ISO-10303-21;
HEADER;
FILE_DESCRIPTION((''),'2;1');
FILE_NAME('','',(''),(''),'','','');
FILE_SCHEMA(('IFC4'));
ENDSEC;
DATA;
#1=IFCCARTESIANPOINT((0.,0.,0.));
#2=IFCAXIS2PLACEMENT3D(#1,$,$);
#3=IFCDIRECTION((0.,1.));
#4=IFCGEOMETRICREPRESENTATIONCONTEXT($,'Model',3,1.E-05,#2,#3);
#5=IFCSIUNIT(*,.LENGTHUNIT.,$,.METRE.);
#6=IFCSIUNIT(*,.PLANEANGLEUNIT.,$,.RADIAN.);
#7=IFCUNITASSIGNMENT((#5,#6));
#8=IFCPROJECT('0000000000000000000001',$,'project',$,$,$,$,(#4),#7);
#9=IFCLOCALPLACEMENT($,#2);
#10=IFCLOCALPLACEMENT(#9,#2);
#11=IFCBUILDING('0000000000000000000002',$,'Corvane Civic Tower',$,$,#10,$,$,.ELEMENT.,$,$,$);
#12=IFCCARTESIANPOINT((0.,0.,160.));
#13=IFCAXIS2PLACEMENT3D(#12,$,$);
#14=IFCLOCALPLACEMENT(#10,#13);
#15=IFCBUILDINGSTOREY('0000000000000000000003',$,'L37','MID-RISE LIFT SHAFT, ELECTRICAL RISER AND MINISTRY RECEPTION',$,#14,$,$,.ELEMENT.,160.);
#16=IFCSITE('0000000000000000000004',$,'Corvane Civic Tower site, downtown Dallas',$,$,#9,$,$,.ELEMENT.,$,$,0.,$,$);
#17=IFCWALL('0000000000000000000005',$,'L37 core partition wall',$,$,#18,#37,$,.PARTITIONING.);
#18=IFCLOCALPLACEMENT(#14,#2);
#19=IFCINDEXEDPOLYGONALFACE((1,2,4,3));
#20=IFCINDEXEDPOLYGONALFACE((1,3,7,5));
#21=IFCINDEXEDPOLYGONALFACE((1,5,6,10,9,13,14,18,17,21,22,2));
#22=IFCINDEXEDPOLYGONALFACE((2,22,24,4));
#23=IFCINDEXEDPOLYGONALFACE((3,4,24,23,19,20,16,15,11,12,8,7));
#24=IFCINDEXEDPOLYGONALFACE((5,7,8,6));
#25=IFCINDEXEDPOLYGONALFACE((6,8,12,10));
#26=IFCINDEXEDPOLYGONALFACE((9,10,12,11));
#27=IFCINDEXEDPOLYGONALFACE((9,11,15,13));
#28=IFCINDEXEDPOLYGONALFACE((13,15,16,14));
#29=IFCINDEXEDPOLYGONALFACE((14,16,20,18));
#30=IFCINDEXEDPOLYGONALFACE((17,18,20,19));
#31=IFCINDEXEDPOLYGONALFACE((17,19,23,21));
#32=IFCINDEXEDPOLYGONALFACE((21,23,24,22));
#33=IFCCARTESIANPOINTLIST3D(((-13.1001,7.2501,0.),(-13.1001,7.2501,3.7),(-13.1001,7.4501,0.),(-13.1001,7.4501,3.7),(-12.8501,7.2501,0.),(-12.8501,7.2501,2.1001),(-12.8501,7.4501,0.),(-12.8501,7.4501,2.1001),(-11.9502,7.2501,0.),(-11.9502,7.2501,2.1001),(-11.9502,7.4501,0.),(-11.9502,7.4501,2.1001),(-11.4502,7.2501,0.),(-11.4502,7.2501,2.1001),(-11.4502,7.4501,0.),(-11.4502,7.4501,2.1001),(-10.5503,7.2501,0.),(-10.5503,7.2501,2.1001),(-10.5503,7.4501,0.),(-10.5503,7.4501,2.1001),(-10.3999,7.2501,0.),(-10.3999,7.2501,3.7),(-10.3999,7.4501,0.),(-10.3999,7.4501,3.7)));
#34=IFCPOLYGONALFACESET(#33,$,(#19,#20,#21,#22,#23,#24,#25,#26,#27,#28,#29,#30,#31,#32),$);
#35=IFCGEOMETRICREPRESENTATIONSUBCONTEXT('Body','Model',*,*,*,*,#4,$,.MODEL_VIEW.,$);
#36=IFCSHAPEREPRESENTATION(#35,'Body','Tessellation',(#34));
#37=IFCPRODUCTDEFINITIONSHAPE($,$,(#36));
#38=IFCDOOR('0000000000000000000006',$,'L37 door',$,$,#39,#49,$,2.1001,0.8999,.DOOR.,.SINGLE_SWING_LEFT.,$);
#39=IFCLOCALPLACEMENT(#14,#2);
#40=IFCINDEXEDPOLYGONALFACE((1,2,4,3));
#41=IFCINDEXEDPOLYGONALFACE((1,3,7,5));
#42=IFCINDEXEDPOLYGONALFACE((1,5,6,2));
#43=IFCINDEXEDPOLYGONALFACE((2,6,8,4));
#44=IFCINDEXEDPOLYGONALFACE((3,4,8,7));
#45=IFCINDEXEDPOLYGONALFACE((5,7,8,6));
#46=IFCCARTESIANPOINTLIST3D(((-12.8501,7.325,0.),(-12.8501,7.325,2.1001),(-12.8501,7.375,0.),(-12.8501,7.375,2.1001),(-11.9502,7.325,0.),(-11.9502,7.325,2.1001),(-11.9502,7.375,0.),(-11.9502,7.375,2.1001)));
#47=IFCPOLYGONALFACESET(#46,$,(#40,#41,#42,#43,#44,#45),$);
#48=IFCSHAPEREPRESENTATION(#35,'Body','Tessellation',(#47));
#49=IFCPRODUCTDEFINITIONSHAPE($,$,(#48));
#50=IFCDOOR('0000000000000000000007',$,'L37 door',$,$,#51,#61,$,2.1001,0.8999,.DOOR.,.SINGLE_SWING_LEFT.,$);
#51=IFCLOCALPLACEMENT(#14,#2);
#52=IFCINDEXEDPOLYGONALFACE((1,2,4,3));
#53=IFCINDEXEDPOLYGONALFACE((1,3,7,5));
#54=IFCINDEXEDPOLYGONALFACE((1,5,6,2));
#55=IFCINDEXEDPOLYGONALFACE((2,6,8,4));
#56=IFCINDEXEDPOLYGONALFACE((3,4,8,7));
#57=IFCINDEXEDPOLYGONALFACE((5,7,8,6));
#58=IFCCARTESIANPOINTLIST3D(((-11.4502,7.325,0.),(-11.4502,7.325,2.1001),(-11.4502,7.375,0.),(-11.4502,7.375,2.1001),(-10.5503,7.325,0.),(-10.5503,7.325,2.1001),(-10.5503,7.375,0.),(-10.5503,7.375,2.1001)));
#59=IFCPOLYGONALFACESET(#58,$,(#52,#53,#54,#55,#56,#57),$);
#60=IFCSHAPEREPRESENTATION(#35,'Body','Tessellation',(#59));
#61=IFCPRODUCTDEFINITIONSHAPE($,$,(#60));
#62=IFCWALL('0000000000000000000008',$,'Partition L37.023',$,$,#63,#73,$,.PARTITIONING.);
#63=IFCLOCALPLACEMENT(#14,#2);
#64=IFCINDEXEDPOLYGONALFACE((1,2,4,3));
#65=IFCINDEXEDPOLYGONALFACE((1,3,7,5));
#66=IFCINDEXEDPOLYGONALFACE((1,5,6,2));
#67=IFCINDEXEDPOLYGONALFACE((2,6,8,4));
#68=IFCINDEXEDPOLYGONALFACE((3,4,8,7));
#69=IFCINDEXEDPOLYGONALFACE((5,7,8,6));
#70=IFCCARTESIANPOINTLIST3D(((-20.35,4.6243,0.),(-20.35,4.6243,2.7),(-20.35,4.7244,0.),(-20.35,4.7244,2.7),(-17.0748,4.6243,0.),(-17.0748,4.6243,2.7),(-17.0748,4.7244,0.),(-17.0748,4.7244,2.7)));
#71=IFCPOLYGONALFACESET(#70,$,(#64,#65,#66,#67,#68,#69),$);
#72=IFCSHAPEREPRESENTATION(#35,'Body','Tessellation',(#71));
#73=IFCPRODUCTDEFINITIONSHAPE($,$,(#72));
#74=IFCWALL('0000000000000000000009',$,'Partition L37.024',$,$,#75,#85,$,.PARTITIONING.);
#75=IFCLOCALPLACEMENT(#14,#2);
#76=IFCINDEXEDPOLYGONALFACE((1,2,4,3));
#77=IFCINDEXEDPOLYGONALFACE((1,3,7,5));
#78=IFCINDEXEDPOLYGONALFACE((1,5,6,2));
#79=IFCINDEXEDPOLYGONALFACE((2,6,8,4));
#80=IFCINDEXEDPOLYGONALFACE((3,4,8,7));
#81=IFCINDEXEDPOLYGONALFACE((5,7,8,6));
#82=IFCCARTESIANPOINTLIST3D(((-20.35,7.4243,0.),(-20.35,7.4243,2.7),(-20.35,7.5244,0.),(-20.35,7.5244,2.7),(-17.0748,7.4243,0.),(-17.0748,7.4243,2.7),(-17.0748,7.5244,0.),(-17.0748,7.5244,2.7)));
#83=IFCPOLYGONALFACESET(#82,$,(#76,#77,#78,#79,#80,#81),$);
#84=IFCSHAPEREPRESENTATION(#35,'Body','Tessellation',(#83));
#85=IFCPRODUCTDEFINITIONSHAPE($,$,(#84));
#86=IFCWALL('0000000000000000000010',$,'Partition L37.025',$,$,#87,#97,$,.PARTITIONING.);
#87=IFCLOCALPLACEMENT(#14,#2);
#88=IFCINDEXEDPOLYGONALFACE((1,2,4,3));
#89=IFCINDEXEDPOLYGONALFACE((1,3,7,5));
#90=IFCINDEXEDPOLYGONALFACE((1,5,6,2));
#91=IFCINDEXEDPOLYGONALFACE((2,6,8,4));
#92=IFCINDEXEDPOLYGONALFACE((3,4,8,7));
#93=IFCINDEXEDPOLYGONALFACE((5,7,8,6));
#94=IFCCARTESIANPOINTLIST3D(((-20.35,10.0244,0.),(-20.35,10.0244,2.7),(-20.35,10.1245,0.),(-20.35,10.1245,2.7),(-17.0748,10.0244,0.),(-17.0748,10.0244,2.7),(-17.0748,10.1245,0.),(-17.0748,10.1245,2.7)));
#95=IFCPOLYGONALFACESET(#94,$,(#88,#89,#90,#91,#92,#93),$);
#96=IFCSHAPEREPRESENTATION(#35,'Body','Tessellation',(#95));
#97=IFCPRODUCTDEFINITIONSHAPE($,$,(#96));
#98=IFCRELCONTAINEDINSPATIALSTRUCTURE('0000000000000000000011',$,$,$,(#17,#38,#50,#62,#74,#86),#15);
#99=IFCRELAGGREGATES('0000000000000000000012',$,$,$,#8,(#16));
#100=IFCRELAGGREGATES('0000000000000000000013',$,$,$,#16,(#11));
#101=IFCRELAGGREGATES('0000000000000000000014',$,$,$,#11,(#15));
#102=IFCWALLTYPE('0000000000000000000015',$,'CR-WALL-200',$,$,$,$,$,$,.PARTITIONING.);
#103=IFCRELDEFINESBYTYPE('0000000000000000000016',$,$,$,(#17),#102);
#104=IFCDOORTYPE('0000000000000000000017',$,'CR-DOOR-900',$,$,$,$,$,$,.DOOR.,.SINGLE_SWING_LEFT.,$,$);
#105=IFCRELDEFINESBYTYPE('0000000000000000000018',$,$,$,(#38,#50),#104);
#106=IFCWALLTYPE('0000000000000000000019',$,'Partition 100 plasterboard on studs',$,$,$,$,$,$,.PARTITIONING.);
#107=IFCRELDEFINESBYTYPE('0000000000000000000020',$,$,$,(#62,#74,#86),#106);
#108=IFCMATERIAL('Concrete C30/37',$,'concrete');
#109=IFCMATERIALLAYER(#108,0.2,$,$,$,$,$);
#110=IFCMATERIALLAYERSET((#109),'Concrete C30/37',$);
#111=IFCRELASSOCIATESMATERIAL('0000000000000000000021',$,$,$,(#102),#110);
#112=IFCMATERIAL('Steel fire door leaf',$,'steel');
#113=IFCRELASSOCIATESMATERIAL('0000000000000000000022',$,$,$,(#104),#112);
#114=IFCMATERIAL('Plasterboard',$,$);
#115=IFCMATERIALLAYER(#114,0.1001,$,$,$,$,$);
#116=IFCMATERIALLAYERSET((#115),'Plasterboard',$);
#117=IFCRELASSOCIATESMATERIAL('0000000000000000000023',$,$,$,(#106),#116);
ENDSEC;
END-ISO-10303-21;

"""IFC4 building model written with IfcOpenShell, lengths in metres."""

from ifc_helpers import new_model, si_unit, direction, frame, frame_2d, origin, place, context, subcontext, project, spatial, rectangle, extrude, material, layer, layer_set, type_object, element, fill, save


model = new_model("IFC4")

# Units and contexts
model_context = context("Model", 3, precision=1e-05, world=origin(), true_north=direction((0.0, 1.0)))
body_context = subcontext(model_context, "Body", "Model", "MODEL_VIEW")
ifc_project = project(units=[si_unit("LENGTHUNIT", "METRE"), si_unit("PLANEANGLEUNIT", "RADIAN")], contexts=[model_context])

# Site, building, storey
site_placement = place(None, origin())
site = spatial("IfcSite", under=ifc_project, at=site_placement, Name="Corvane Civic Tower site, downtown Dallas", CompositionType="ELEMENT", RefElevation=0.0)
building_placement = place(site_placement, origin())
building = spatial("IfcBuilding", under=site, at=building_placement, Name="Corvane Civic Tower", CompositionType="ELEMENT")
storey_placement = place(building_placement, frame((0.0, 0.0, 160.0)))
storey = spatial("IfcBuildingStorey", under=building, at=storey_placement, Name="L37", Description="MID-RISE LIFT SHAFT, ELECTRICAL RISER AND MINISTRY RECEPTION", CompositionType="ELEMENT", Elevation=160.0)

# Wall, openings, doors
ifc_material_1 = material(Name="Concrete C30/37", Category="concrete")
ifc_layer_1 = layer(ifc_material_1, 0.2)
ifc_layer_set_1 = layer_set([ifc_layer_1], Name="Concrete C30/37")
wall_type_1 = type_object("IfcWallType", Name="CR-WALL-200", PredefinedType="PARTITIONING", material=ifc_layer_set_1)
ifc_material_2 = material(Name="Steel fire door leaf", Category="steel")
door_type_1 = type_object("IfcDoorType", Name="CR-DOOR-900", OperationType="SINGLE_SWING_LEFT", PredefinedType="DOOR", material=ifc_material_2)
wall_1_placement = place(storey_placement, frame((-13.1001, 7.3501, 0.0), z_axis=(0.0, 0.0, 1.0), x_axis=(1.0, 0.0, 0.0)))
wall_1 = element("IfcWall", 1, at=wall_1_placement, inside=storey, type_object=wall_type_1, Name="L37 core partition wall", PredefinedType="PARTITIONING", context=body_context, shape_type="SweptSolid", body=[
    extrude(rectangle(XDim=2.7002, YDim=0.2, at=frame_2d((1.3501, 0.0))), origin(), (0.0, 0.0, 1.0), 3.7),
])
opening_1_placement = place(wall_1_placement, frame((0.25, 0.0, 0.0)))
opening_1 = element("IfcOpeningElement", 2, at=opening_1_placement, cuts=wall_1, PredefinedType="OPENING", context=body_context, shape_type="SweptSolid", body=[
    extrude(rectangle(XDim=0.8999, YDim=2.1001, at=frame_2d((0.45, 1.05))), frame((0.0, 0.1099, 0.0), z_axis=(0.0, -1.0, 0.0), x_axis=(1.0, 0.0, 0.0)), (0.0, 0.0, 1.0), 0.22),
])
opening_2_placement = place(wall_1_placement, frame((1.6499, 0.0, 0.0)))
opening_2 = element("IfcOpeningElement", 3, at=opening_2_placement, cuts=wall_1, PredefinedType="OPENING", context=body_context, shape_type="SweptSolid", body=[
    extrude(rectangle(XDim=0.8999, YDim=2.1001, at=frame_2d((0.45, 1.05))), frame((0.0, 0.1099, 0.0), z_axis=(0.0, -1.0, 0.0), x_axis=(1.0, 0.0, 0.0)), (0.0, 0.0, 1.0), 0.22),
])
door_1_placement = place(opening_1_placement, origin())
door_1 = element("IfcDoor", 4, at=door_1_placement, inside=storey, type_object=door_type_1, Name="L37 door", OperationType="SINGLE_SWING_LEFT", OverallHeight=2.1001, OverallWidth=0.8999, PredefinedType="DOOR", context=body_context, shape_type="SweptSolid", body=[
    extrude(rectangle(XDim=0.8999, YDim=2.1001, at=frame_2d((0.45, 1.05))), frame((0.0, 0.0249, 0.0), z_axis=(0.0, -1.0, 0.0), x_axis=(1.0, 0.0, 0.0)), (0.0, 0.0, 1.0), 0.05),
])
fill(opening_1, door_1)
door_2_placement = place(opening_2_placement, origin())
door_2 = element("IfcDoor", 5, at=door_2_placement, inside=storey, type_object=door_type_1, Name="L37 door", OperationType="SINGLE_SWING_LEFT", OverallHeight=2.1001, OverallWidth=0.8999, PredefinedType="DOOR", context=body_context, shape_type="SweptSolid", body=[
    extrude(rectangle(XDim=0.8999, YDim=2.1001, at=frame_2d((0.45, 1.05))), frame((0.0, 0.0249, 0.0), z_axis=(0.0, -1.0, 0.0), x_axis=(1.0, 0.0, 0.0)), (0.0, 0.0, 1.0), 0.05),
])
fill(opening_2, door_2)

# Walls
ifc_material_3 = material(Name="Plasterboard")
ifc_layer_2 = layer(ifc_material_3, 0.1001)
ifc_layer_set_2 = layer_set([ifc_layer_2], Name="Plasterboard")
wall_type_2 = type_object("IfcWallType", Name="Partition 100 plasterboard on studs", PredefinedType="PARTITIONING", material=ifc_layer_set_2)
for number, where, z_axis, x_axis, name in (
    (6, (-20.3501, 4.6743, 0.0), (0.0, 0.0, 1.0), (1.0, 0.0, 0.0), "Partition L37.023"),
    (7, (-20.3501, 7.4744, 0.0), (0.0, 0.0, 1.0), (1.0, 0.0, 0.0), "Partition L37.024"),
    (8, (-20.3501, 10.0745, 0.0), (0.0, 0.0, 1.0), (1.0, 0.0, 0.0), "Partition L37.025"),
):
    element("IfcWall", number, at=place(storey_placement, frame(where, z_axis=z_axis, x_axis=x_axis)), inside=storey, type_object=wall_type_2, Name=name, PredefinedType="PARTITIONING", context=body_context, shape_type="SweptSolid", body=[
        extrude(rectangle(XDim=3.2751, YDim=0.1001, at=frame_2d((1.6377, 0.0))), origin(), (0.0, 0.0, 1.0), 2.7),
    ])

save(model, "model.ifc")
